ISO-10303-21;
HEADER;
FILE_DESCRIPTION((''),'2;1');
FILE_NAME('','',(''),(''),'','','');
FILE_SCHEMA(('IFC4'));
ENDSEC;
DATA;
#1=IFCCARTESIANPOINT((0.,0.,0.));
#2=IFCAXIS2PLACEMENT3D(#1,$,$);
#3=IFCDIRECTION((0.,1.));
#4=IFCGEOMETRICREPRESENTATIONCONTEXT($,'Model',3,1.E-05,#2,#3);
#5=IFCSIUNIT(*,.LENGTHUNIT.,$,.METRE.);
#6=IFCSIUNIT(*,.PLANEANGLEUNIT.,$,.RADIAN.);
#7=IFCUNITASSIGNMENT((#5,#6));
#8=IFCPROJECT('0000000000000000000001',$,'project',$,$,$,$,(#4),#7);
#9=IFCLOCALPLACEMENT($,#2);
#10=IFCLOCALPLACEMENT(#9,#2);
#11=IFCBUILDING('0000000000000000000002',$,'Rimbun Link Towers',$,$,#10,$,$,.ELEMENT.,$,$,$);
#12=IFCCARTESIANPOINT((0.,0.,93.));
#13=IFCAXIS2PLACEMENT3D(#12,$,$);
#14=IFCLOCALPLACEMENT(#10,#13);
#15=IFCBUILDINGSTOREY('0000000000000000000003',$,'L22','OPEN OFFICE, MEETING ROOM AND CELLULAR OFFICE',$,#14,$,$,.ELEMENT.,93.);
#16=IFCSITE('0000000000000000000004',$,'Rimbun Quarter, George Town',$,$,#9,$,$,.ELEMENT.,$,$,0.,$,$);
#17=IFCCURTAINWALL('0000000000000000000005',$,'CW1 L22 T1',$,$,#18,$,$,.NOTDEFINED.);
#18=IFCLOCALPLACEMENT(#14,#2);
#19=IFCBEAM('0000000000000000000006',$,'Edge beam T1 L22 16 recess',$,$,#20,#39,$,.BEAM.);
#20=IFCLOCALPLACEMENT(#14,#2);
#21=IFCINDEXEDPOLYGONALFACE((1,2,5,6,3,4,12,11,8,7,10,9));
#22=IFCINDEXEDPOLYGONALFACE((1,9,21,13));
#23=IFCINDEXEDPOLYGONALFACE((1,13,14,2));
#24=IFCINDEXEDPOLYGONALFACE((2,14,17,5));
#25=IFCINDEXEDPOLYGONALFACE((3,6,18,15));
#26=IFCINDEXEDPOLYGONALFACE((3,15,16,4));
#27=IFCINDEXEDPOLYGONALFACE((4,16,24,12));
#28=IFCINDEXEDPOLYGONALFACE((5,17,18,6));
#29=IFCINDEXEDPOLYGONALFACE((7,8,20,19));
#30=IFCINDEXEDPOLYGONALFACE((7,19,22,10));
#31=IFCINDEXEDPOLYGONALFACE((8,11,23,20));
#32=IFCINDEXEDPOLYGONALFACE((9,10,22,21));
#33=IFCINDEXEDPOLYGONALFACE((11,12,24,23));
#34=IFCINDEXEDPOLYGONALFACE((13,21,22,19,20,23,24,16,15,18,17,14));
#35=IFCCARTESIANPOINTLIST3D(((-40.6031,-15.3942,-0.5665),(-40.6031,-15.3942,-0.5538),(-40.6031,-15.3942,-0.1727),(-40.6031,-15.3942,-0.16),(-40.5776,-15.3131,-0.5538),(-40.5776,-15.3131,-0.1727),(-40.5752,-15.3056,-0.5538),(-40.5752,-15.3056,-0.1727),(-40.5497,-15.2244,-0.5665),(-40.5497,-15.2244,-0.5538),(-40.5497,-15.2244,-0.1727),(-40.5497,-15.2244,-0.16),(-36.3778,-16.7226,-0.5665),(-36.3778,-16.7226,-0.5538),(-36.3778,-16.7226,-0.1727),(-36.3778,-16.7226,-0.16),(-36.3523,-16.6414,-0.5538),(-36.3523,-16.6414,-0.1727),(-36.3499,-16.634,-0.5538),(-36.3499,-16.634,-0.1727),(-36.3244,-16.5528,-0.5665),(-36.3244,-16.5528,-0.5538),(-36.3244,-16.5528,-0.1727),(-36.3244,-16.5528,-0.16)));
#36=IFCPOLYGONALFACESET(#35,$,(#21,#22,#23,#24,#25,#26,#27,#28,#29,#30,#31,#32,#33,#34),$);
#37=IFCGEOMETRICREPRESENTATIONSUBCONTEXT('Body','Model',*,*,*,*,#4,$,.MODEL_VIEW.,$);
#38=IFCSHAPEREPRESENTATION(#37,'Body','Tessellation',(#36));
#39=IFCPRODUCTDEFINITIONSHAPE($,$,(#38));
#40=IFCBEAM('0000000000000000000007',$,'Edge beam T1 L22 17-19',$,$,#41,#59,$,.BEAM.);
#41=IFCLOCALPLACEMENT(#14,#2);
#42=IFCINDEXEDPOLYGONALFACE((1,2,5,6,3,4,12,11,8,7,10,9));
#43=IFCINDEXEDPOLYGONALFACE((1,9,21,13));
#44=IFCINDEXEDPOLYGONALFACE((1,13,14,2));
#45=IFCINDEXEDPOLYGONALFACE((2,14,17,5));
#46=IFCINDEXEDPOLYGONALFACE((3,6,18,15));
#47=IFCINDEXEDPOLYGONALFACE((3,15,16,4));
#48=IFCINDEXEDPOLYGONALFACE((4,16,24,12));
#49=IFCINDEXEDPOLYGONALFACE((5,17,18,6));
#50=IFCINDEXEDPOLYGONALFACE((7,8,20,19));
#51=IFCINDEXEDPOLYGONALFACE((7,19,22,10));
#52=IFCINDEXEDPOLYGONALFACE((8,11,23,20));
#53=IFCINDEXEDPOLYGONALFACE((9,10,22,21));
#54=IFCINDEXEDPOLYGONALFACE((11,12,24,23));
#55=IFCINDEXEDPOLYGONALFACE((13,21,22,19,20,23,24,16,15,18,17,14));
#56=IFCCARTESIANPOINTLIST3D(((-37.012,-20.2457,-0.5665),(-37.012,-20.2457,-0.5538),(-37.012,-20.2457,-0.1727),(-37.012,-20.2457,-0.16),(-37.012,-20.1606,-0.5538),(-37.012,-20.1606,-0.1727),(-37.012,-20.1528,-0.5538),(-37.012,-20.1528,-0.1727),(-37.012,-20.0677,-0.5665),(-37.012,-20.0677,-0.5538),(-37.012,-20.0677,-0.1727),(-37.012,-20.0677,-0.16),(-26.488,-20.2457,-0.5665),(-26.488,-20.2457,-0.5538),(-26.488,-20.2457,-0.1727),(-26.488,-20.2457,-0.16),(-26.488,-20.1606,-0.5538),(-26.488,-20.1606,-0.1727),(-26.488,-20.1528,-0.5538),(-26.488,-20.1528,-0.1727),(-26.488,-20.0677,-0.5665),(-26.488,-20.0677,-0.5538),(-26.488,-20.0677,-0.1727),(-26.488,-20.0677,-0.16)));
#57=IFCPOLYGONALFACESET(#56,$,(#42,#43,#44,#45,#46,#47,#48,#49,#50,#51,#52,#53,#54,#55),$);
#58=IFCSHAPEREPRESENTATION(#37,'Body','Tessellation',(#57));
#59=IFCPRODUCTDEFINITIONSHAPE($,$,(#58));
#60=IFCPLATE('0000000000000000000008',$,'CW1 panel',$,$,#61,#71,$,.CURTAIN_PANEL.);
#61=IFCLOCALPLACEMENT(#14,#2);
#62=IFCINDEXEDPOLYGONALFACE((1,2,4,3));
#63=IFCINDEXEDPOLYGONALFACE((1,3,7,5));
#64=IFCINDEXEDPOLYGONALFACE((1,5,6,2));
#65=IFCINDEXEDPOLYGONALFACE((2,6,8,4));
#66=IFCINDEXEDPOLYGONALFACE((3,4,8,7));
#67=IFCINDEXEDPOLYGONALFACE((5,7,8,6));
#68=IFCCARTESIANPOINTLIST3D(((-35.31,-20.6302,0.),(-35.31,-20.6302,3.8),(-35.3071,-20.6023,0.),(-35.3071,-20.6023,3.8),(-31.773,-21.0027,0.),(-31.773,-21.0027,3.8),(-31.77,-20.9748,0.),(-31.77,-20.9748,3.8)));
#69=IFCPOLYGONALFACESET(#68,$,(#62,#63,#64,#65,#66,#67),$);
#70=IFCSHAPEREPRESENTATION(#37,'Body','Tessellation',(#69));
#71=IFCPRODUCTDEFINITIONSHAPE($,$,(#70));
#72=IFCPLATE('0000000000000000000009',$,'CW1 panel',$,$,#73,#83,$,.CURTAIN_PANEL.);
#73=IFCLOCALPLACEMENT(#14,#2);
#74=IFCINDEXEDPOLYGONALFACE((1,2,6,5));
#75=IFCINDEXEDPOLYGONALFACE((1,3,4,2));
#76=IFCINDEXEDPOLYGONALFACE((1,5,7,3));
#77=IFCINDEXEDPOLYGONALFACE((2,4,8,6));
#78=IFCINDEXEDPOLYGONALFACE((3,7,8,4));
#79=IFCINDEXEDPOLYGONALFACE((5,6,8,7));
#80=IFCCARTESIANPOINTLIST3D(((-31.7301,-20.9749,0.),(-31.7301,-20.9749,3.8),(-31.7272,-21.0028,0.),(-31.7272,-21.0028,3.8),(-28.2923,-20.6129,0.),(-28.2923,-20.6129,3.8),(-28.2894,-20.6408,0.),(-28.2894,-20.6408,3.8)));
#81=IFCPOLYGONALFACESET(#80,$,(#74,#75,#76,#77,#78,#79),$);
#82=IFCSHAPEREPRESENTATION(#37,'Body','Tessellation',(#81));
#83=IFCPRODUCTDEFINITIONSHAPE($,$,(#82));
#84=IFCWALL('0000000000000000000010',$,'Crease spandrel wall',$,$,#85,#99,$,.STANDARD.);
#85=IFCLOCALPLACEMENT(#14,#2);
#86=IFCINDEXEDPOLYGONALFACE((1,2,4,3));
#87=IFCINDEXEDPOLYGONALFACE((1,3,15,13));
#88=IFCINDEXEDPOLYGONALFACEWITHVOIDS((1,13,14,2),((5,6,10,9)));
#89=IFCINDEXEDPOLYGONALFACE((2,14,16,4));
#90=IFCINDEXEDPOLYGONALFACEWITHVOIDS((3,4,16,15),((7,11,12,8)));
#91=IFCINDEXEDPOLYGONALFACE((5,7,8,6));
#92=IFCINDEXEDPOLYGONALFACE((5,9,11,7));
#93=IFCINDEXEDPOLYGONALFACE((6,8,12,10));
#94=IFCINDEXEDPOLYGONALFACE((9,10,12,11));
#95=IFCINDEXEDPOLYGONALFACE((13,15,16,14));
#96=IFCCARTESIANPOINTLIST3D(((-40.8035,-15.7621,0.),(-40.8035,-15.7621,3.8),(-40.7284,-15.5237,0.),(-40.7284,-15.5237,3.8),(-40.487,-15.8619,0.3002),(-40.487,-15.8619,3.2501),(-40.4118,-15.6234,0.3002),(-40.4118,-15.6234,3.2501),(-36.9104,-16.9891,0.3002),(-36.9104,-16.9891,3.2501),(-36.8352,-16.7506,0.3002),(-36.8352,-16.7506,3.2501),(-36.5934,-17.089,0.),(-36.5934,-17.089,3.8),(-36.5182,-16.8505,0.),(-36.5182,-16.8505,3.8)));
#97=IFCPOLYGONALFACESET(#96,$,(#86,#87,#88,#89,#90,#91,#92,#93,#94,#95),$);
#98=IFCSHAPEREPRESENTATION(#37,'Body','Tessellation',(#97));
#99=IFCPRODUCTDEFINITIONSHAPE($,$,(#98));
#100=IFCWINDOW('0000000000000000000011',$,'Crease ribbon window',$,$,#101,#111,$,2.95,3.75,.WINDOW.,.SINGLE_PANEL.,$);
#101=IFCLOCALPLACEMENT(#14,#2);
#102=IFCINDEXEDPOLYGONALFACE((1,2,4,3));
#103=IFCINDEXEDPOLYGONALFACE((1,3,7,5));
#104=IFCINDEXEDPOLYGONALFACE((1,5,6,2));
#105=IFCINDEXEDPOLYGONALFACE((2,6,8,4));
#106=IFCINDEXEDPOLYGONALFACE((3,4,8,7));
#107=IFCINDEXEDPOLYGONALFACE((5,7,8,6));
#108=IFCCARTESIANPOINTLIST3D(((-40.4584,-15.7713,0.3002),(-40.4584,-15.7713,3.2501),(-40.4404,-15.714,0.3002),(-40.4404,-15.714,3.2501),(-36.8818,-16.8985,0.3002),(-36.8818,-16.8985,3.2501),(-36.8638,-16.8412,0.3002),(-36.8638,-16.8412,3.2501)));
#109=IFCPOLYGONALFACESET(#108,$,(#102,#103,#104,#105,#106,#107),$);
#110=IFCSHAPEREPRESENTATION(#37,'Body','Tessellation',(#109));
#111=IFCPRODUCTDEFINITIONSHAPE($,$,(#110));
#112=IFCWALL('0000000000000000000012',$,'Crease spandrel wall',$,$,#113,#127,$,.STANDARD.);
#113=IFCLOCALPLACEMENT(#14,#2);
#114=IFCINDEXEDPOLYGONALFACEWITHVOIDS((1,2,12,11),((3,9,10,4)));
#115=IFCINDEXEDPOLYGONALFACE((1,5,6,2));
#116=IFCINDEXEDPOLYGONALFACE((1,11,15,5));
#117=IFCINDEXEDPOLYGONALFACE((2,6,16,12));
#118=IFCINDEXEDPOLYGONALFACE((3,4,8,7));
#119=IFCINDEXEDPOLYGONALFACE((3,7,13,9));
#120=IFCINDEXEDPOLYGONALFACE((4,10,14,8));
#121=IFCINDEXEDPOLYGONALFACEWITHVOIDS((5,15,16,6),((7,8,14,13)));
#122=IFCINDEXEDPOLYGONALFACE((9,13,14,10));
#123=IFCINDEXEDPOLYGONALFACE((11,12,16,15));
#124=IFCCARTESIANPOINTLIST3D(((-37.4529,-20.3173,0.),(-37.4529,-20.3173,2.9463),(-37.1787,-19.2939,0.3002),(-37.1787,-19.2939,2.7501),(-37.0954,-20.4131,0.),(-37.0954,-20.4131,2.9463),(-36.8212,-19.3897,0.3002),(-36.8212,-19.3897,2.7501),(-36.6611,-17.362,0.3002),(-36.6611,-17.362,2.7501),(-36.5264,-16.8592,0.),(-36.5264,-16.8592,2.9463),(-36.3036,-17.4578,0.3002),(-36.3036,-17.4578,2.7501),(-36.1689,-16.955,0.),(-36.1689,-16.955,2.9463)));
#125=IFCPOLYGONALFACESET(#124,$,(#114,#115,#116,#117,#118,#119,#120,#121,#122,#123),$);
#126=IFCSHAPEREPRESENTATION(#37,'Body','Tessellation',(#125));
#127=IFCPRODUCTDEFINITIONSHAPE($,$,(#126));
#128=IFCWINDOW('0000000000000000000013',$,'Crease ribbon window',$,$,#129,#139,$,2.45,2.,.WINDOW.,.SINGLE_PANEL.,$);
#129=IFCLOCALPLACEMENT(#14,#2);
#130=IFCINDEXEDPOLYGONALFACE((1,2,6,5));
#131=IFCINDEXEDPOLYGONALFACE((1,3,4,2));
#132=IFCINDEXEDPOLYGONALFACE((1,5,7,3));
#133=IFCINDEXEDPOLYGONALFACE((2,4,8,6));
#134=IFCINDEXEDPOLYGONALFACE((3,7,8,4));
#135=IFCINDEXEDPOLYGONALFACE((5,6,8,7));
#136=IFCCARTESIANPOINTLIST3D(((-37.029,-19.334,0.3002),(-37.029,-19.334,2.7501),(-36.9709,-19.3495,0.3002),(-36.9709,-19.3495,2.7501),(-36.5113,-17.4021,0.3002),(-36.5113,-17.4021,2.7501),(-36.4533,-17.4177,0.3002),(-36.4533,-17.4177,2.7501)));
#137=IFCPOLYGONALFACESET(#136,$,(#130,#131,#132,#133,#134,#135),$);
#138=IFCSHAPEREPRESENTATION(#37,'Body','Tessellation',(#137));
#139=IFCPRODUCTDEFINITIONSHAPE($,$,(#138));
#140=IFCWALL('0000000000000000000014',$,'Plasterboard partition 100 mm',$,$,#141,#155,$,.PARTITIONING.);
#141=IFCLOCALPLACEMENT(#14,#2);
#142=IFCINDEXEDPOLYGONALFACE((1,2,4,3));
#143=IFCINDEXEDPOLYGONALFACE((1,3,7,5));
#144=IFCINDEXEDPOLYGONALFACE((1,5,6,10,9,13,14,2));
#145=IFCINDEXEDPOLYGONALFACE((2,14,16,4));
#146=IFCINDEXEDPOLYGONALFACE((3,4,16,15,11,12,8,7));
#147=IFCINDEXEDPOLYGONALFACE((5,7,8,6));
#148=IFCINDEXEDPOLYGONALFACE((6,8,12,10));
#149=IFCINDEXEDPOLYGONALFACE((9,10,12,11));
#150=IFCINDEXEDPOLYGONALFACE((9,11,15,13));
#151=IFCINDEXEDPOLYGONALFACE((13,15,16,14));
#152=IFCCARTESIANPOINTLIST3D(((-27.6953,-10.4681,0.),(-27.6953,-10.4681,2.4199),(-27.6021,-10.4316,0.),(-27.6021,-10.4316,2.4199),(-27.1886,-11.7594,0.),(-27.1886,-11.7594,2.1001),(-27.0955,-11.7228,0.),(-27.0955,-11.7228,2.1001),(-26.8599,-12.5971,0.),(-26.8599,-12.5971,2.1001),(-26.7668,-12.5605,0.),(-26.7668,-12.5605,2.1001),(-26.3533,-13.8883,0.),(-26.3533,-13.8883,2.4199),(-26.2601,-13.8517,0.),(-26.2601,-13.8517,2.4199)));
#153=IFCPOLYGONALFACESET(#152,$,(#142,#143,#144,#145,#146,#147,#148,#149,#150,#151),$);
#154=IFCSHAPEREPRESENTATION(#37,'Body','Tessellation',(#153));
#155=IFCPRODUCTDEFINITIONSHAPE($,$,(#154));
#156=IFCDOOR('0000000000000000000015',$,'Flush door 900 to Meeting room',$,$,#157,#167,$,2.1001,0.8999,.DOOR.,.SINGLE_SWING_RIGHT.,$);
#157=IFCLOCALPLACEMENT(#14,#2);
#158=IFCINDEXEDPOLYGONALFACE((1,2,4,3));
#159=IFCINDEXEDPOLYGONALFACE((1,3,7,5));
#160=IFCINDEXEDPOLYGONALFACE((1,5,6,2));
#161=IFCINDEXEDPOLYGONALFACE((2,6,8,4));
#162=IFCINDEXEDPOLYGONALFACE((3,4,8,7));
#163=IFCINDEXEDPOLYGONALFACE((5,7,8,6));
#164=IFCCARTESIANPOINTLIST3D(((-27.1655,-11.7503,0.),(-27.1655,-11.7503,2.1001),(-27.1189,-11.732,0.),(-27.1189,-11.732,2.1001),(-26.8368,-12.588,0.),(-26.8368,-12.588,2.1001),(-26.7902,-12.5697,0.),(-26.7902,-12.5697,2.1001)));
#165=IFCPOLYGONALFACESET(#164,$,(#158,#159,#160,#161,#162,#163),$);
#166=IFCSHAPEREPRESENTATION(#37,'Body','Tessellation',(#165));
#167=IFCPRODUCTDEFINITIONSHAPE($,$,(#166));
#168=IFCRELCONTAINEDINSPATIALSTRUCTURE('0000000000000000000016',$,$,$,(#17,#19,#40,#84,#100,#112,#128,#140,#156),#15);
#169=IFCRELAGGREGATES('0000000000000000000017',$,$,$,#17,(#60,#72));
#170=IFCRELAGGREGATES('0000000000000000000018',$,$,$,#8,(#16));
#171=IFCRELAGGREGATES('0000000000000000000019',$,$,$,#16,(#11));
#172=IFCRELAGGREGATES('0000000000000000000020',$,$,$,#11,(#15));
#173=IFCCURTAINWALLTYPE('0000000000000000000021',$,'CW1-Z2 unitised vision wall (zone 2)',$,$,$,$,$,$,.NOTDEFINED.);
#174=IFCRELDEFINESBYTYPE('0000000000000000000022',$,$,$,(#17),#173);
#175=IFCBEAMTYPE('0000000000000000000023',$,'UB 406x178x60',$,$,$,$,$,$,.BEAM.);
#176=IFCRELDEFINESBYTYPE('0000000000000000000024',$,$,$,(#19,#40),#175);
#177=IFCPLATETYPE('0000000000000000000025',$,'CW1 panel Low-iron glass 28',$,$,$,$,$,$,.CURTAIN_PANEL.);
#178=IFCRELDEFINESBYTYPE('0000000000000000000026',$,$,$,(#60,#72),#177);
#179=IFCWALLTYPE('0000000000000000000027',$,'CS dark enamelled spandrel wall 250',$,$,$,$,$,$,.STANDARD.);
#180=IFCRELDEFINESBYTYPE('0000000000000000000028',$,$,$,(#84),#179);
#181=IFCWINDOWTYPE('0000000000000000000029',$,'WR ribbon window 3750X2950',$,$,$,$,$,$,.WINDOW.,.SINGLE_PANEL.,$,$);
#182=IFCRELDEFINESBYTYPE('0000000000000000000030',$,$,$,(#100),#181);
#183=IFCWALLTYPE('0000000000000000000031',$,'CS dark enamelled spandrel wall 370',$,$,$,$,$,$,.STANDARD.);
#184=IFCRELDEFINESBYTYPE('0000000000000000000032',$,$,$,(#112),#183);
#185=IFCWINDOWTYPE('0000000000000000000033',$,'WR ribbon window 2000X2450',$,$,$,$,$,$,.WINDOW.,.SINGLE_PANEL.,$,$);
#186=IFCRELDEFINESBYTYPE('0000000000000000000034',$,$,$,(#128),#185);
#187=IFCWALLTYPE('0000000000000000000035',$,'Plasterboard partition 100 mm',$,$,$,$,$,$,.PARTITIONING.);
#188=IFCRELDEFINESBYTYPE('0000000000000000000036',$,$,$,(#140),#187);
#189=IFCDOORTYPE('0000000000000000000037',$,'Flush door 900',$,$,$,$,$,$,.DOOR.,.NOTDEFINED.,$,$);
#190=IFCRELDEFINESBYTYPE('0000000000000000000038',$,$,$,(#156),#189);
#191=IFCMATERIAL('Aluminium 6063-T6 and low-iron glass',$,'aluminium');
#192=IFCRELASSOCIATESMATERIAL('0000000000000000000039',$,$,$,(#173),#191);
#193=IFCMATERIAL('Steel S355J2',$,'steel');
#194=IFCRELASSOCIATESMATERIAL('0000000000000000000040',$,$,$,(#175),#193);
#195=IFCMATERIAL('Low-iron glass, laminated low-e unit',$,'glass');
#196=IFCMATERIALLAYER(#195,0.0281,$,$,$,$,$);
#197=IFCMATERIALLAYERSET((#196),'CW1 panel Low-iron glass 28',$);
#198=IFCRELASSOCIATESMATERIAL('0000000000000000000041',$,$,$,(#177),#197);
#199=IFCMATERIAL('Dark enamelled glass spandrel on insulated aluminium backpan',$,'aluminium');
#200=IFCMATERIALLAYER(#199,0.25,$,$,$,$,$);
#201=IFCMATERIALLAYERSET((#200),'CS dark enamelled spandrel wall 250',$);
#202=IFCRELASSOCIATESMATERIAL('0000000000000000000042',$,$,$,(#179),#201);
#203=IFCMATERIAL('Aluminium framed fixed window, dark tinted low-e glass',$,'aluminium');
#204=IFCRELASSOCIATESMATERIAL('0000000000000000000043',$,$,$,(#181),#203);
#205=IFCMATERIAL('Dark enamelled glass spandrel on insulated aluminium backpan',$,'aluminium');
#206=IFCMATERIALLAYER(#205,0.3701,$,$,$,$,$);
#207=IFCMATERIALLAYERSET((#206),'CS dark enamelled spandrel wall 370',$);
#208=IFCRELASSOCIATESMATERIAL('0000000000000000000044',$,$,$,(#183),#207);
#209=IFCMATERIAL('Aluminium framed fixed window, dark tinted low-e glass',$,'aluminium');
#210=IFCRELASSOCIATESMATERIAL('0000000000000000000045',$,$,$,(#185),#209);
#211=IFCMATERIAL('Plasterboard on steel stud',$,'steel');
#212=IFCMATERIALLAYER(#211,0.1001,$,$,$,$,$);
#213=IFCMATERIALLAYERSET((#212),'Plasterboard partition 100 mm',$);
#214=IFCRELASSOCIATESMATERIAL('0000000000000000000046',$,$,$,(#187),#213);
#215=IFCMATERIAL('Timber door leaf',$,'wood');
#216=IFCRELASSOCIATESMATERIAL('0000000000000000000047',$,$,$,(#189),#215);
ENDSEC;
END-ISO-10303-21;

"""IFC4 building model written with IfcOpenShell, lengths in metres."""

from ifc_helpers import new_model, si_unit, direction, frame, frame_2d, origin, origin_2d, place, context, subcontext, project, spatial, rectangle, i_section, extrude, material, layer, layer_set, material_profile, profile_set, type_object, element, fill, aggregate, save


model = new_model("IFC4")

# Units and contexts
model_context = context("Model", 3, precision=1e-05, world=origin(), true_north=direction((0.0, 1.0)))
body_context = subcontext(model_context, "Body", "Model", "MODEL_VIEW")
ifc_project = project(units=[si_unit("LENGTHUNIT", "METRE"), si_unit("PLANEANGLEUNIT", "RADIAN")], contexts=[model_context])

# Site, building, storey
site_placement = place(None, origin())
site = spatial("IfcSite", under=ifc_project, at=site_placement, Name="Rimbun Quarter, George Town", CompositionType="ELEMENT", RefElevation=0.0)
building_placement = place(site_placement, origin())
building = spatial("IfcBuilding", under=site, at=building_placement, Name="Rimbun Link Towers", CompositionType="ELEMENT")
storey_placement = place(building_placement, frame((0.0, 0.0, 93.0)))
storey = spatial("IfcBuildingStorey", under=building, at=storey_placement, Name="L22", Description="OPEN OFFICE, MEETING ROOM AND CELLULAR OFFICE", CompositionType="ELEMENT", Elevation=93.0)

# Curtain wall
ifc_material_1 = material(Name="Aluminium 6063-T6 and low-iron glass", Category="aluminium")
curtain_wall_type = type_object("IfcCurtainWallType", Name="CW1-Z2 unitised vision wall (zone 2)", PredefinedType="NOTDEFINED", material=ifc_material_1)
curtain_wall_placement = place(storey_placement, origin())
curtain_wall = element("IfcCurtainWall", 1, at=curtain_wall_placement, inside=storey, type_object=curtain_wall_type, Name="CW1 L22 T1", PredefinedType="NOTDEFINED")

# Beams
ifc_material_2 = material(Name="Steel S355J2", Category="steel")
ifc_material_profile_1 = material_profile(ifc_material_2, i_section(OverallWidth=0.178, OverallDepth=0.4065, WebThickness=0.0078, FlangeThickness=0.0127, at=origin_2d()), Name="UB 406x178x60")
ifc_profile_set_1 = profile_set([ifc_material_profile_1], Name="Steel S355J2")
beam_type_1 = type_object("IfcBeamType", Name="UB 406x178x60", PredefinedType="BEAM", material=ifc_profile_set_1)
beam_1_placement = place(storey_placement, frame((-40.5764, -15.3093, -0.3633), z_axis=(0.953968, -0.29991, 0.0), x_axis=(0.29991, 0.953968, 0.0)))
element("IfcBeam", 2, at=beam_1_placement, inside=storey, type_object=beam_type_1, Name="Edge beam T1 L22 16 recess", PredefinedType="BEAM", context=body_context, shape_type="SweptSolid", body=[
    extrude(i_section(OverallWidth=0.178, OverallDepth=0.4065, WebThickness=0.0078, FlangeThickness=0.0127, at=origin_2d()), origin(), (0.0, 0.0, 1.0), 4.4292),
])
beam_2_placement = place(storey_placement, frame((-37.012, -20.1567, -0.3633), z_axis=(1.0, 0.0, 0.0), x_axis=(0.0, 1.0, 0.0)))
element("IfcBeam", 3, at=beam_2_placement, inside=storey, type_object=beam_type_1, Name="Edge beam T1 L22 17-19", PredefinedType="BEAM", context=body_context, shape_type="SweptSolid", body=[
    extrude(i_section(OverallWidth=0.178, OverallDepth=0.4065, WebThickness=0.0078, FlangeThickness=0.0127, at=origin_2d()), origin(), (0.0, 0.0, 1.0), 10.5239),
])

# Plates
ifc_material_3 = material(Name="Low-iron glass, laminated low-e unit", Category="glass")
ifc_layer_1 = layer(ifc_material_3, 0.0281)
ifc_layer_set_1 = layer_set([ifc_layer_1], Name="CW1 panel Low-iron glass 28")
plate_type = type_object("IfcPlateType", Name="CW1 panel Low-iron glass 28", PredefinedType="CURTAIN_PANEL", material=ifc_layer_set_1)
plate_1_placement = place(storey_placement, frame((-33.54, -20.8025, 0.0), z_axis=(0.0, 0.0, 1.0), x_axis=(-0.9945, 0.104735, 0.0)))
plate_1 = element("IfcPlate", 4, at=plate_1_placement, type_object=plate_type, Name="CW1 panel", PredefinedType="CURTAIN_PANEL", context=body_context, shape_type="SweptSolid", body=[
    extrude(rectangle(XDim=3.5566, YDim=0.0281, at=origin_2d()), origin(), (0.0, 0.0, 1.0), 3.8),
])
plate_2_placement = place(storey_placement, frame((-30.0098, -20.8079, 0.0), z_axis=(0.0, 0.0, 1.0), x_axis=(-0.9945, -0.104735, 0.0)))
plate_2 = element("IfcPlate", 5, at=plate_2_placement, type_object=plate_type, Name="CW1 panel", PredefinedType="CURTAIN_PANEL", context=body_context, shape_type="SweptSolid", body=[
    extrude(rectangle(XDim=3.4568, YDim=0.0281, at=origin_2d()), origin(), (0.0, 0.0, 1.0), 3.8),
])
aggregate(curtain_wall, [plate_1, plate_2])

# Walls, openings, windows
ifc_material_4 = material(Name="Dark enamelled glass spandrel on insulated aluminium backpan", Category="aluminium")
ifc_layer_2 = layer(ifc_material_4, 0.25)
ifc_layer_set_2 = layer_set([ifc_layer_2], Name="CS dark enamelled spandrel wall 250")
wall_type_1 = type_object("IfcWallType", Name="CS dark enamelled spandrel wall 250", PredefinedType="STANDARD", material=ifc_layer_set_2)
wall_1_placement = place(storey_placement, frame((-36.5559, -16.9697, 0.0), z_axis=(0.0, 0.0, 1.0), x_axis=(-0.953754, 0.300589, 0.0)))
wall_1 = element("IfcWall", 6, at=wall_1_placement, inside=storey, type_object=wall_type_1, Name="Crease spandrel wall", PredefinedType="STANDARD", context=body_context, shape_type="SweptSolid", body=[
    extrude(rectangle(XDim=4.4143, YDim=0.25, at=frame_2d((2.207, 0.0))), origin(), (0.0, 0.0, 1.0), 3.8),
])
opening_1_placement = place(wall_1_placement, frame((0.3323, 0.0, 0.3)))
opening_1 = element("IfcOpeningElement", 7, at=opening_1_placement, cuts=wall_1, PredefinedType="OPENING", context=body_context, shape_type="SweptSolid", body=[
    extrude(rectangle(XDim=3.75, YDim=2.95, at=frame_2d((1.875, 1.4751))), frame((0.0, 0.135, 0.0), z_axis=(0.0, -1.0, 0.0), x_axis=(1.0, 0.0, 0.0)), (0.0, 0.0, 1.0), 0.27),
])
ifc_material_5 = material(Name="Aluminium framed fixed window, dark tinted low-e glass", Category="aluminium")
window_type_1 = type_object("IfcWindowType", Name="WR ribbon window 3750X2950", PartitioningType="SINGLE_PANEL", PredefinedType="WINDOW", material=ifc_material_5)
window_1_placement = place(opening_1_placement, origin())
window_1 = element("IfcWindow", 8, at=window_1_placement, inside=storey, type_object=window_type_1, Name="Crease ribbon window", OverallHeight=2.95, OverallWidth=3.75, PartitioningType="SINGLE_PANEL", PredefinedType="WINDOW", context=body_context, shape_type="SweptSolid", body=[
    extrude(rectangle(XDim=3.75, YDim=2.95, at=frame_2d((1.875, 1.4751))), frame((0.0, 0.03, 0.0), z_axis=(0.0, -1.0, 0.0), x_axis=(1.0, 0.0, 0.0)), (0.0, 0.0, 1.0), 0.0601),
])
fill(opening_1, window_1)
ifc_material_6 = material(Name="Dark enamelled glass spandrel on insulated aluminium backpan", Category="aluminium")
ifc_layer_3 = layer(ifc_material_6, 0.3701)
ifc_layer_set_3 = layer_set([ifc_layer_3], Name="CS dark enamelled spandrel wall 370")
wall_type_2 = type_object("IfcWallType", Name="CS dark enamelled spandrel wall 370", PredefinedType="STANDARD", material=ifc_layer_set_3)
wall_2_placement = place(storey_placement, frame((-37.2742, -20.3652, 0.0), z_axis=(0.0, 0.0, 1.0), x_axis=(0.258804, 0.96593, 0.0)))
wall_2 = element("IfcWall", 9, at=wall_2_placement, inside=storey, type_object=wall_type_2, Name="Crease spandrel wall", PredefinedType="STANDARD", context=body_context, shape_type="SweptSolid", body=[
    extrude(rectangle(XDim=3.5801, YDim=0.3701, at=frame_2d((1.79, 0.0))), origin(), (0.0, 0.0, 1.0), 2.9463),
])
opening_2_placement = place(wall_2_placement, frame((1.0596, 0.0, 0.3)))
opening_2 = element("IfcOpeningElement", 10, at=opening_2_placement, cuts=wall_2, PredefinedType="OPENING", context=body_context, shape_type="SweptSolid", body=[
    extrude(rectangle(XDim=2.0, YDim=2.45, at=frame_2d((1.0, 1.2251))), frame((0.0, 0.1951, 0.0), z_axis=(0.0, -1.0, 0.0), x_axis=(1.0, 0.0, 0.0)), (0.0, 0.0, 1.0), 0.3901),
])
ifc_material_7 = material(Name="Aluminium framed fixed window, dark tinted low-e glass", Category="aluminium")
window_type_2 = type_object("IfcWindowType", Name="WR ribbon window 2000X2450", PartitioningType="SINGLE_PANEL", PredefinedType="WINDOW", material=ifc_material_7)
window_2_placement = place(opening_2_placement, origin())
window_2 = element("IfcWindow", 11, at=window_2_placement, inside=storey, type_object=window_type_2, Name="Crease ribbon window", OverallHeight=2.45, OverallWidth=2.0, PartitioningType="SINGLE_PANEL", PredefinedType="WINDOW", context=body_context, shape_type="SweptSolid", body=[
    extrude(rectangle(XDim=2.0, YDim=2.45, at=frame_2d((1.0, 1.2251))), frame((0.0, 0.03, 0.0), z_axis=(0.0, -1.0, 0.0), x_axis=(1.0, 0.0, 0.0)), (0.0, 0.0, 1.0), 0.0601),
])
fill(opening_2, window_2)

# Wall, opening, door
ifc_material_8 = material(Name="Plasterboard on steel stud", Category="steel")
ifc_layer_4 = layer(ifc_material_8, 0.1001)
ifc_layer_set_4 = layer_set([ifc_layer_4], Name="Plasterboard partition 100 mm")
wall_type_3 = type_object("IfcWallType", Name="Plasterboard partition 100 mm", PredefinedType="PARTITIONING", material=ifc_layer_set_4)
wall_3_placement = place(storey_placement, frame((-27.6487, -10.45, 0.0), z_axis=(0.0, 0.0, 1.0), x_axis=(0.365276, -0.930899, 0.0)))
wall_3 = element("IfcWall", 12, at=wall_3_placement, inside=storey, type_object=wall_type_3, Name="Plasterboard partition 100 mm", PredefinedType="PARTITIONING", context=body_context, shape_type="SweptSolid", body=[
    extrude(rectangle(XDim=3.6741, YDim=0.1001, at=frame_2d((1.8369, 0.0))), origin(), (0.0, 0.0, 1.0), 2.4199),
])
opening_3_placement = place(wall_3_placement, frame((1.387, 0.0, 0.0)))
opening_3 = element("IfcOpeningElement", 13, at=opening_3_placement, cuts=wall_3, PredefinedType="OPENING", context=body_context, shape_type="SweptSolid", body=[
    extrude(rectangle(XDim=0.8999, YDim=2.1001, at=frame_2d((0.45, 1.05))), frame((0.0, 0.0601, 0.0), z_axis=(0.0, -1.0, 0.0), x_axis=(1.0, 0.0, 0.0)), (0.0, 0.0, 1.0), 0.1201),
])
ifc_material_9 = material(Name="Timber door leaf", Category="wood")
door_type = type_object("IfcDoorType", Name="Flush door 900", OperationType="NOTDEFINED", PredefinedType="DOOR", material=ifc_material_9)
door_placement = place(opening_3_placement, origin())
door = element("IfcDoor", 14, at=door_placement, inside=storey, type_object=door_type, Name="Flush door 900 to Meeting room", OperationType="SINGLE_SWING_RIGHT", OverallHeight=2.1001, OverallWidth=0.8999, PredefinedType="DOOR", context=body_context, shape_type="SweptSolid", body=[
    extrude(rectangle(XDim=0.8999, YDim=2.1001, at=frame_2d((0.45, 1.05))), frame((0.0, 0.0249, 0.0), z_axis=(0.0, -1.0, 0.0), x_axis=(1.0, 0.0, 0.0)), (0.0, 0.0, 1.0), 0.05),
])
fill(opening_3, door)

save(model, "model.ifc")
